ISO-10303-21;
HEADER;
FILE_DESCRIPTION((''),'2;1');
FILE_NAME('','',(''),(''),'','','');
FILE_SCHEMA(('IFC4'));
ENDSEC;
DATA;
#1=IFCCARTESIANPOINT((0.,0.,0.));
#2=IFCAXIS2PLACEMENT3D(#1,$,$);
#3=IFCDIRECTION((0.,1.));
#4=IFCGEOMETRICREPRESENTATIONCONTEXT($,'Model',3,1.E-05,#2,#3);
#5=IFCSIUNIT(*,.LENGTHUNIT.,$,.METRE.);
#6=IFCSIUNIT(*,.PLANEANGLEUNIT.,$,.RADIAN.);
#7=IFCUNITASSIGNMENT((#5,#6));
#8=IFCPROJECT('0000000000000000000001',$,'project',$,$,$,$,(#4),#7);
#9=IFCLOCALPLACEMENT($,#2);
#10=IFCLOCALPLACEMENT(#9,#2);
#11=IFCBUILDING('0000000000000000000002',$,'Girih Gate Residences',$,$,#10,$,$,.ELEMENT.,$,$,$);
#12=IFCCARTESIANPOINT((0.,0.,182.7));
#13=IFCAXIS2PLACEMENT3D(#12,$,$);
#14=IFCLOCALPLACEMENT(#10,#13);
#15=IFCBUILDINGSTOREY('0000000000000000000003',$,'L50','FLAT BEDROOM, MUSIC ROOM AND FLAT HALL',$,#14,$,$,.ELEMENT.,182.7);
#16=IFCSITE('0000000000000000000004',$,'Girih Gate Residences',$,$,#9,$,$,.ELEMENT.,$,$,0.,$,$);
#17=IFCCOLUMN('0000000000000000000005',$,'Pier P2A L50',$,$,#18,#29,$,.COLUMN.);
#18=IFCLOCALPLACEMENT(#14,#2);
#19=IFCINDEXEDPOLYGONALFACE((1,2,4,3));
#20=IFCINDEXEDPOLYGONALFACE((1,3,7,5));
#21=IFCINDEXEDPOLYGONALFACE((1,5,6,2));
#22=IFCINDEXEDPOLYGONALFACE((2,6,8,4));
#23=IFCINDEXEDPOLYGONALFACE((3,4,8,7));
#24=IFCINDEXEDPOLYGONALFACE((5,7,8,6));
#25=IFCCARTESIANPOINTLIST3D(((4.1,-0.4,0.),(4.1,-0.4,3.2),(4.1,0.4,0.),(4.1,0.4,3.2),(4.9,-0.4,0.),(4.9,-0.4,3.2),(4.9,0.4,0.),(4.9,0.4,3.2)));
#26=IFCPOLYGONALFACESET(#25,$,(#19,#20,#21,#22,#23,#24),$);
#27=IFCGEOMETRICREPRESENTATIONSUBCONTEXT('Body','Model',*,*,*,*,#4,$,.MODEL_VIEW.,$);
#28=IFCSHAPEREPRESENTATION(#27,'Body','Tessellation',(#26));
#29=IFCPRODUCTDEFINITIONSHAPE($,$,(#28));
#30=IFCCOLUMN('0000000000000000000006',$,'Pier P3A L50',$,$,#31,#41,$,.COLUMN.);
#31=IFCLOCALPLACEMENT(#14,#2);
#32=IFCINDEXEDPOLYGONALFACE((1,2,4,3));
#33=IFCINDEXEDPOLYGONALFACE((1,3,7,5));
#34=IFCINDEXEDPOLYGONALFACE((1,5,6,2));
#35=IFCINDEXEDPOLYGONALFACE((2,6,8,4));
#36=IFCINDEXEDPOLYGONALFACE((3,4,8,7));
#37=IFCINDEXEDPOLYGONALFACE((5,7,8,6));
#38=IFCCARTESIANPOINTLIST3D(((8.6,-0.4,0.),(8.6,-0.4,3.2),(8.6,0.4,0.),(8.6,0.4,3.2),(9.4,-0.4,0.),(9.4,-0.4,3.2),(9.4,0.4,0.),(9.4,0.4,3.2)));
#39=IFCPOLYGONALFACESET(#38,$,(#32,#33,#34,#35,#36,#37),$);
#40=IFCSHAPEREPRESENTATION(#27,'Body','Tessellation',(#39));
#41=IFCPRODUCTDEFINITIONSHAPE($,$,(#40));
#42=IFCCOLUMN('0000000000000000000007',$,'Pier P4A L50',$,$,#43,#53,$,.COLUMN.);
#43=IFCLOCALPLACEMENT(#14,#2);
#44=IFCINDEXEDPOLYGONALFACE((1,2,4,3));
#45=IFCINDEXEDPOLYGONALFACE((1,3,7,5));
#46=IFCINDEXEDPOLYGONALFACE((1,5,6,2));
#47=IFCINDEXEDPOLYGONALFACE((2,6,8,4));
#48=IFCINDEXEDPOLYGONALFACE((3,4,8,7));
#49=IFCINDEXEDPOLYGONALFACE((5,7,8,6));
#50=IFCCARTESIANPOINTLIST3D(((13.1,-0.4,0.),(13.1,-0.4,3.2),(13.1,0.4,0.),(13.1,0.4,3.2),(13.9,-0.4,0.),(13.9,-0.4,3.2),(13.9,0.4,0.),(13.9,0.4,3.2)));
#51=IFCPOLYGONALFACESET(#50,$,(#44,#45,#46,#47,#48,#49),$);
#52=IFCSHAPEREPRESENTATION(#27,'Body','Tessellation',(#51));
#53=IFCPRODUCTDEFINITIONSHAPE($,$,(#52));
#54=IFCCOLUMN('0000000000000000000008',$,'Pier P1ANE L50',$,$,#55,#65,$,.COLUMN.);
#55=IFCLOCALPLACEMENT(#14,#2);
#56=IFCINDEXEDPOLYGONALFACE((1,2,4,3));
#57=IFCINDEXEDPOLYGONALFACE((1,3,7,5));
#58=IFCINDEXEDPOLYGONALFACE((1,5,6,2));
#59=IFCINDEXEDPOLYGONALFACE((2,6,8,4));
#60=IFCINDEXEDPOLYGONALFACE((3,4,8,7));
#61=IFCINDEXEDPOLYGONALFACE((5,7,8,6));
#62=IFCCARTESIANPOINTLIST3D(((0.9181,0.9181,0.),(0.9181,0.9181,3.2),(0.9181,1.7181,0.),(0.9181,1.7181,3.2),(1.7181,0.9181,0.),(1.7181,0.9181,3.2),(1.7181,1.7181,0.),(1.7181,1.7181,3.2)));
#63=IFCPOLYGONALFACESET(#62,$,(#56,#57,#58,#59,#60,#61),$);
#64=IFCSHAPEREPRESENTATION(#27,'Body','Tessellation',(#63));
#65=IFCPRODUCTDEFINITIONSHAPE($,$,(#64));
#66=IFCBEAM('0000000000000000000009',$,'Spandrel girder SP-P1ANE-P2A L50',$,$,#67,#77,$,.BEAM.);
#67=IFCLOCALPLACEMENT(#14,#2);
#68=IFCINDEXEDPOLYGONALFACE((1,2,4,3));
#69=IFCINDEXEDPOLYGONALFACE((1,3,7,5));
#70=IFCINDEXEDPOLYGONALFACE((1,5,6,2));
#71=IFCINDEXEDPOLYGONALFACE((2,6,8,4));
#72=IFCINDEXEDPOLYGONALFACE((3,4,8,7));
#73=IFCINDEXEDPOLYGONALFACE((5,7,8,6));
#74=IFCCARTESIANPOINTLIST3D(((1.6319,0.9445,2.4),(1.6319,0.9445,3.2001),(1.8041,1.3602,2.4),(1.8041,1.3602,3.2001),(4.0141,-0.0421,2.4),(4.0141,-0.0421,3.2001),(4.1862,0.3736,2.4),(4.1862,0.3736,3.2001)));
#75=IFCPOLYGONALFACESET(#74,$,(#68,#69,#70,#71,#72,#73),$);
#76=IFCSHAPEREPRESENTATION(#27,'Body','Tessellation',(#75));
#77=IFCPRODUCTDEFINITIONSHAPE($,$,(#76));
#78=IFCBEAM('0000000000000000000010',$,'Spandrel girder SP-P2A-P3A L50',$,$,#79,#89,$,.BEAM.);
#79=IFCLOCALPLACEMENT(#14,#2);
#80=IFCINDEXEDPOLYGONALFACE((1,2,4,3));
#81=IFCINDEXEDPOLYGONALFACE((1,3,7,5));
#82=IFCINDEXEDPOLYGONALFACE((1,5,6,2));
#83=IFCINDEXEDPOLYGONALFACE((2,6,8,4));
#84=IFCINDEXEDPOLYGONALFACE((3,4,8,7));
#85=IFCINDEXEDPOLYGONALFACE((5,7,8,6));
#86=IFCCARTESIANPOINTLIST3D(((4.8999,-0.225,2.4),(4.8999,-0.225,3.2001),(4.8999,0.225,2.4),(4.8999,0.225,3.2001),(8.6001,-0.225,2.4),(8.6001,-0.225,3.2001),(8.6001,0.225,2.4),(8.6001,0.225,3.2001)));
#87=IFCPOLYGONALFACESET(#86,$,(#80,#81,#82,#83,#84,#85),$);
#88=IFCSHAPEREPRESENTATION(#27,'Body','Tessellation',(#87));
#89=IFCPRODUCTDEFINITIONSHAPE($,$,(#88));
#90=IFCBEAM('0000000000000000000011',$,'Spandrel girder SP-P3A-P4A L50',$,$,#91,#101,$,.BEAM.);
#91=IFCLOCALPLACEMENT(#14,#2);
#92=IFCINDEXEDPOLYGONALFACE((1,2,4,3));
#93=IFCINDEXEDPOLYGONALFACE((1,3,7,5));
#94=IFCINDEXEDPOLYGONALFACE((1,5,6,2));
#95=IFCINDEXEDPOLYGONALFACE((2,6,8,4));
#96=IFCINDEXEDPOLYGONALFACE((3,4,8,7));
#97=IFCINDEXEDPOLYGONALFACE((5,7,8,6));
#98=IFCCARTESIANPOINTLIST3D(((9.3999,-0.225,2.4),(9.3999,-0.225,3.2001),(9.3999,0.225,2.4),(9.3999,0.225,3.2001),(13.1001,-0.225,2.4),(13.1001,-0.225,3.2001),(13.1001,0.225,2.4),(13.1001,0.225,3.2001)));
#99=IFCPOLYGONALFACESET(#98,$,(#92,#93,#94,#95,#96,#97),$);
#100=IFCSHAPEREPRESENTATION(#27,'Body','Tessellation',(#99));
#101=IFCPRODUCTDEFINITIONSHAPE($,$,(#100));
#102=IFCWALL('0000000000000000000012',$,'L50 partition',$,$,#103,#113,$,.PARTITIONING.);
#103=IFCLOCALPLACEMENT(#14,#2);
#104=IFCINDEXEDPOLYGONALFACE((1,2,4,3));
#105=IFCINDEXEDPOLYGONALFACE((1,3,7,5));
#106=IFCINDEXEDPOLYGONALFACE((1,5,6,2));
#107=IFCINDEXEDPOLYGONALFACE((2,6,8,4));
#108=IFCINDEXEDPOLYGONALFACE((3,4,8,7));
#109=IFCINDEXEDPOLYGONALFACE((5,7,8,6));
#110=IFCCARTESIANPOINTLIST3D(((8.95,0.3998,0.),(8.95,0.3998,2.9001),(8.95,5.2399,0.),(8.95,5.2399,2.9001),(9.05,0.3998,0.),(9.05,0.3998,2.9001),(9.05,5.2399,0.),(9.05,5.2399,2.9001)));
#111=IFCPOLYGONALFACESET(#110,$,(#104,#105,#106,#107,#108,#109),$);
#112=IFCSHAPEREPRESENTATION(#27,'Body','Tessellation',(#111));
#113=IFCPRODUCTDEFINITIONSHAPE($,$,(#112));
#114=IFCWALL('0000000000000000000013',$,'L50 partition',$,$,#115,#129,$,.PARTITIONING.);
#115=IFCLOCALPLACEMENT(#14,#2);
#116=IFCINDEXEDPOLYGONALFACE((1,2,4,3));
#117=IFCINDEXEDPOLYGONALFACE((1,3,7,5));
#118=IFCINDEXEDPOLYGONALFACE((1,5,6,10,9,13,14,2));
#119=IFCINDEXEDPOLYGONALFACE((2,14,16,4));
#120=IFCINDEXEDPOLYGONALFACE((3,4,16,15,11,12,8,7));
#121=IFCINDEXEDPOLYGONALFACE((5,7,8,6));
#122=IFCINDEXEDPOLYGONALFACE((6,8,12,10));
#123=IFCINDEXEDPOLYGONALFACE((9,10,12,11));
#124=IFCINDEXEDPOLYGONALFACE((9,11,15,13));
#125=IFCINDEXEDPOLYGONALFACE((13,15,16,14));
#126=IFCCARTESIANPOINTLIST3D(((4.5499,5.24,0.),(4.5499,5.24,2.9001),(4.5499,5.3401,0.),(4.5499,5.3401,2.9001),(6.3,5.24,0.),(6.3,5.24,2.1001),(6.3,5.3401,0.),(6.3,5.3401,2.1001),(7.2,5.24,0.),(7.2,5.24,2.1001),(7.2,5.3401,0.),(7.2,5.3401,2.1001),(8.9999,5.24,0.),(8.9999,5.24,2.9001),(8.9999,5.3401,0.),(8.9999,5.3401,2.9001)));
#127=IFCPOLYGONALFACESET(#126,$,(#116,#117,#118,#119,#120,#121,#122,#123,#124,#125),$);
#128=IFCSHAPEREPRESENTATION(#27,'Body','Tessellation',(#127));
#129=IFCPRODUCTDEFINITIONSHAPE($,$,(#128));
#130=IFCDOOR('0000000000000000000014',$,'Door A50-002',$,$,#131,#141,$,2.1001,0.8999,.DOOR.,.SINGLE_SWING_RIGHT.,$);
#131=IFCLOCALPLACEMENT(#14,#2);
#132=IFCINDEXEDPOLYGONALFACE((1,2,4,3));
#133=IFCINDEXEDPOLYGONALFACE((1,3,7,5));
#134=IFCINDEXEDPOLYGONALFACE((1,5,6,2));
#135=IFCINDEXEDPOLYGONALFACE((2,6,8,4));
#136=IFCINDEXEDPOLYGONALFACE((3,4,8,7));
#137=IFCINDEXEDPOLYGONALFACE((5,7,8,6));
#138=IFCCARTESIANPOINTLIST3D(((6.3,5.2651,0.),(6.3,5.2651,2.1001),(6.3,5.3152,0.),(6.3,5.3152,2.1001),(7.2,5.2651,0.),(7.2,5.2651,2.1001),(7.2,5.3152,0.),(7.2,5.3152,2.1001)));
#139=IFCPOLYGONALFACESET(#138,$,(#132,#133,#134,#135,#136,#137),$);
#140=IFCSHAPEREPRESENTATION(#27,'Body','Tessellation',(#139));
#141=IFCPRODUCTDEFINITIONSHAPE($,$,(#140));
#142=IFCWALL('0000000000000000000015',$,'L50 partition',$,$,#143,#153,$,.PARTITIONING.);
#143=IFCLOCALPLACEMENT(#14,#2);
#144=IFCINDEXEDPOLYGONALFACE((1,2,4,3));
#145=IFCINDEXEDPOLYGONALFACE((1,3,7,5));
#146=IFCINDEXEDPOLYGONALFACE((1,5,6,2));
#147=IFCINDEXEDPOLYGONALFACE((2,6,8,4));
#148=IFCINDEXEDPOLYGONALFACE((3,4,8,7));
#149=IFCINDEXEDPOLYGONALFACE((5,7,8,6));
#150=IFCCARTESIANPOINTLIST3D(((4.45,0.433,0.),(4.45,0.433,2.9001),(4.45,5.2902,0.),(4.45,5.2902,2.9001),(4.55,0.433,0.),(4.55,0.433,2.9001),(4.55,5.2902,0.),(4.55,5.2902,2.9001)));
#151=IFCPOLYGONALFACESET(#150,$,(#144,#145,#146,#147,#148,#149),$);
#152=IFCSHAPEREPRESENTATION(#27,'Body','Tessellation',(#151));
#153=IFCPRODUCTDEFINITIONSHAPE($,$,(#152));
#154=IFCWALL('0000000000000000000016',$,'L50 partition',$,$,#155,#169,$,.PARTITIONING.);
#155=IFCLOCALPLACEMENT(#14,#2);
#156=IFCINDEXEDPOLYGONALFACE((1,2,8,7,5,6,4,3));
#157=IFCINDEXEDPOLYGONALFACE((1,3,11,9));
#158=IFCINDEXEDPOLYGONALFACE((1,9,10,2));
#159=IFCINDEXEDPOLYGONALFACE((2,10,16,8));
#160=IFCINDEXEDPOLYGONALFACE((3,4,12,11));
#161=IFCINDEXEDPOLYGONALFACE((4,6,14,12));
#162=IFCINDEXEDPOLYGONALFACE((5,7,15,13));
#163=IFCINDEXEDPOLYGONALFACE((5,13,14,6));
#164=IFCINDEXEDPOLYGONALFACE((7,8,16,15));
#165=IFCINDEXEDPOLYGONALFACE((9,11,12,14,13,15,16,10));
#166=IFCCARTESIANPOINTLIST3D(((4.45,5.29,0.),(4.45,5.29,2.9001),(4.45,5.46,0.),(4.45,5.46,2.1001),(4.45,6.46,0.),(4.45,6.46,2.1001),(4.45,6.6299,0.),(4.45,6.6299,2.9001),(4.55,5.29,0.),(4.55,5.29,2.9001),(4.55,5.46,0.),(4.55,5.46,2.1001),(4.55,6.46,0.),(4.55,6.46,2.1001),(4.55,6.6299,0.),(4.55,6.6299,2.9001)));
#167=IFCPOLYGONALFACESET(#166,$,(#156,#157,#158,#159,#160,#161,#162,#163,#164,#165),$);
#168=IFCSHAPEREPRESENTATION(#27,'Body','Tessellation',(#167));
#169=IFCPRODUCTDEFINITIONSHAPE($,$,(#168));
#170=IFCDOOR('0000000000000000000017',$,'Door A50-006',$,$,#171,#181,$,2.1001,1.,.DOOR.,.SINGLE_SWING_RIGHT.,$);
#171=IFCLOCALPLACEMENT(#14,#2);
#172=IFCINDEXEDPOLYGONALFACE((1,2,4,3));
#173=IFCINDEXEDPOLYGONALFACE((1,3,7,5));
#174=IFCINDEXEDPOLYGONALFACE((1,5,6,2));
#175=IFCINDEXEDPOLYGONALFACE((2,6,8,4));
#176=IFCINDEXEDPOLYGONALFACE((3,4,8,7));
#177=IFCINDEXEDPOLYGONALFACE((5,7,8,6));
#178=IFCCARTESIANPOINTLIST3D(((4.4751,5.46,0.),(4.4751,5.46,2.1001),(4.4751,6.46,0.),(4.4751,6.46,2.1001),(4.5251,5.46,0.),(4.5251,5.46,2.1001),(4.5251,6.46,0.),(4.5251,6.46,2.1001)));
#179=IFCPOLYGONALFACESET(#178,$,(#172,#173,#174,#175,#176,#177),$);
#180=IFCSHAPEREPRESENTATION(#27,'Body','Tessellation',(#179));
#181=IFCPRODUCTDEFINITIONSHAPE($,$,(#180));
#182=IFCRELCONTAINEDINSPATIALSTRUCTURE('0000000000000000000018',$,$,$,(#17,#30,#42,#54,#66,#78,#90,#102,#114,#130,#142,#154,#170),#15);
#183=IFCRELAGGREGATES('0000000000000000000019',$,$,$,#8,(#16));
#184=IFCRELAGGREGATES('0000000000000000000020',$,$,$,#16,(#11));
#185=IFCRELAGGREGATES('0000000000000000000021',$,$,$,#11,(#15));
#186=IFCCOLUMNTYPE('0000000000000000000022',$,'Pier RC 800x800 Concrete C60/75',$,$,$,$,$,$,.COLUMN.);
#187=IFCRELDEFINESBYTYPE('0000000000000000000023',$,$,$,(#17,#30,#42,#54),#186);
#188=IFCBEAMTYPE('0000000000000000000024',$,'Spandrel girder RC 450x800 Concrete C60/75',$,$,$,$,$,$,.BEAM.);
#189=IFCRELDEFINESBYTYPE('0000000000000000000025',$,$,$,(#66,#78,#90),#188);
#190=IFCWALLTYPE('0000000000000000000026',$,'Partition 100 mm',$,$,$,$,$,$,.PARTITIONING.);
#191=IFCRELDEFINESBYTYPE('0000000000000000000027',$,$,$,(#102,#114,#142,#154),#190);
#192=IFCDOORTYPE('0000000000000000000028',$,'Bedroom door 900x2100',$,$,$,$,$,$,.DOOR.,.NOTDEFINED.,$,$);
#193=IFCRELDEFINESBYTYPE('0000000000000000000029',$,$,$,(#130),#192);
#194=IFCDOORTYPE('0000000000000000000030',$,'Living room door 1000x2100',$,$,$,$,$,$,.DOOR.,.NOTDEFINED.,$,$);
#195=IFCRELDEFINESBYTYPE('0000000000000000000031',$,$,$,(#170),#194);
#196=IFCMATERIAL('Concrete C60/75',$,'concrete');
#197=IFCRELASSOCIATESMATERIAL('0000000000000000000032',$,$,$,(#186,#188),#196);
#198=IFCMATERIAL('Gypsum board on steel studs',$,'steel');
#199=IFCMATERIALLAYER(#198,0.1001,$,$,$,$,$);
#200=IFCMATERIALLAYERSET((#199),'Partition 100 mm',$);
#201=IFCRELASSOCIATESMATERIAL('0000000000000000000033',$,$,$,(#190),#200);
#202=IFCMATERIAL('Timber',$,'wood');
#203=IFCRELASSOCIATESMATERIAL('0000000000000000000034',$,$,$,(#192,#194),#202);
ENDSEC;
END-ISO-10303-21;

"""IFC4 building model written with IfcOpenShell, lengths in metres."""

from ifc_helpers import new_model, si_unit, direction, frame, frame_2d, origin, origin_2d, place, context, subcontext, project, spatial, rectangle, extrude, material, layer, layer_set, material_profile, profile_set, type_object, element, fill, save


model = new_model("IFC4")

# Units and contexts
model_context = context("Model", 3, precision=1e-05, world=origin(), true_north=direction((0.0, 1.0)))
body_context = subcontext(model_context, "Body", "Model", "MODEL_VIEW")
ifc_project = project(units=[si_unit("LENGTHUNIT", "METRE"), si_unit("PLANEANGLEUNIT", "RADIAN")], contexts=[model_context])

# Site, building, storey
site_placement = place(None, origin())
site = spatial("IfcSite", under=ifc_project, at=site_placement, Name="Girih Gate Residences", CompositionType="ELEMENT", RefElevation=0.0)
building_placement = place(site_placement, origin())
building = spatial("IfcBuilding", under=site, at=building_placement, Name="Girih Gate Residences", CompositionType="ELEMENT")
storey_placement = place(building_placement, frame((0.0, 0.0, 182.7)))
storey = spatial("IfcBuildingStorey", under=building, at=storey_placement, Name="L50", Description="FLAT BEDROOM, MUSIC ROOM AND FLAT HALL", CompositionType="ELEMENT", Elevation=182.7)

# Columns
ifc_material_1 = material(Name="Concrete C60/75", Category="concrete")
ifc_material_profile_1 = material_profile(ifc_material_1, rectangle(XDim=0.8, YDim=0.8, at=origin_2d()))
ifc_profile_set_1 = profile_set([ifc_material_profile_1], Name="Concrete C60/75")
column_type = type_object("IfcColumnType", Name="Pier RC 800x800 Concrete C60/75", PredefinedType="COLUMN", material=ifc_profile_set_1)
for number, where, z_axis, x_axis, name in (
    (1, (4.5, 0.0, 0.0), (0.0, 0.0, 1.0), (1.0, 0.0, 0.0), "Pier P2A L50"),
    (2, (9.0, 0.0, 0.0), (0.0, 0.0, 1.0), (1.0, 0.0, 0.0), "Pier P3A L50"),
    (3, (13.5, 0.0, 0.0), (0.0, 0.0, 1.0), (1.0, 0.0, 0.0), "Pier P4A L50"),
    (4, (1.3181, 1.3181, 0.0), (0.0, 0.0, 1.0), (1.0, 0.0, 0.0), "Pier P1ANE L50"),
):
    element("IfcColumn", number, at=place(storey_placement, frame(where, z_axis=z_axis, x_axis=x_axis)), inside=storey, type_object=column_type, Name=name, PredefinedType="COLUMN", context=body_context, shape_type="SweptSolid", body=[
        extrude(rectangle(XDim=0.8, YDim=0.8, at=origin_2d()), origin(), (0.0, 0.0, 1.0), 3.2),
    ])

# Beams
ifc_material_profile_2 = material_profile(ifc_material_1, rectangle(XDim=0.45, YDim=0.8, at=origin_2d()))
ifc_profile_set_2 = profile_set([ifc_material_profile_2], Name="Concrete C60/75")
beam_type = type_object("IfcBeamType", Name="Spandrel girder RC 450x800 Concrete C60/75", PredefinedType="BEAM", material=ifc_profile_set_2)
beam_placement = place(storey_placement, frame((1.718, 1.1523, 2.8), z_axis=(0.923896, -0.382644, 0.0), x_axis=(0.382644, 0.923896, 0.0)))
element("IfcBeam", 5, at=beam_placement, inside=storey, type_object=beam_type, Name="Spandrel girder SP-P1ANE-P2A L50", PredefinedType="BEAM", context=body_context, shape_type="SweptSolid", body=[
    extrude(rectangle(XDim=0.45, YDim=0.8, at=origin_2d()), origin(), (0.0, 0.0, 1.0), 2.5784),
])
for number, where, z_axis, x_axis, name in (
    (6, (4.8999, 0.0, 2.8), (1.0, 0.0, 0.0), (0.0, 1.0, 0.0), "Spandrel girder SP-P2A-P3A L50"),
    (7, (9.3999, 0.0, 2.8), (1.0, 0.0, 0.0), (0.0, 1.0, 0.0), "Spandrel girder SP-P3A-P4A L50"),
):
    element("IfcBeam", number, at=place(storey_placement, frame(where, z_axis=z_axis, x_axis=x_axis)), inside=storey, type_object=beam_type, Name=name, PredefinedType="BEAM", context=body_context, shape_type="SweptSolid", body=[
        extrude(rectangle(XDim=0.45, YDim=0.8, at=origin_2d()), origin(), (0.0, 0.0, 1.0), 3.7002),
    ])

# Wall
ifc_material_2 = material(Name="Gypsum board on steel studs", Category="steel")
ifc_layer_1 = layer(ifc_material_2, 0.1001)
ifc_layer_set_1 = layer_set([ifc_layer_1], Name="Partition 100 mm")
wall_type_1 = type_object("IfcWallType", Name="Partition 100 mm", PredefinedType="PARTITIONING", material=ifc_layer_set_1)
wall_1_placement = place(storey_placement, frame((9.0, 0.3999, 0.0), z_axis=(0.0, 0.0, 1.0), x_axis=(0.0, 1.0, 0.0)))
element("IfcWall", 8, at=wall_1_placement, inside=storey, type_object=wall_type_1, Name="L50 partition", PredefinedType="PARTITIONING", context=body_context, shape_type="SweptSolid", body=[
    extrude(rectangle(XDim=4.8401, YDim=0.1001, at=frame_2d((2.4199, 0.0))), origin(), (0.0, 0.0, 1.0), 2.9001),
])

# Wall, opening, door
wall_2_placement = place(storey_placement, frame((9.0, 5.29, 0.0), z_axis=(0.0, 0.0, 1.0), x_axis=(-1.0, 0.0, 0.0)))
wall_2 = element("IfcWall", 9, at=wall_2_placement, inside=storey, type_object=wall_type_1, Name="L50 partition", PredefinedType="PARTITIONING", context=body_context, shape_type="SweptSolid", body=[
    extrude(rectangle(XDim=4.45, YDim=0.1001, at=frame_2d((2.2251, 0.0))), origin(), (0.0, 0.0, 1.0), 2.9001),
])
opening_1_placement = place(wall_2_placement, frame((1.8, 0.0, 0.0)))
opening_1 = element("IfcOpeningElement", 10, at=opening_1_placement, cuts=wall_2, PredefinedType="OPENING", context=body_context, shape_type="SweptSolid", body=[
    extrude(rectangle(XDim=0.8999, YDim=2.1001, at=frame_2d((0.45, 1.05))), frame((0.0, 0.0601, 0.0), z_axis=(0.0, -1.0, 0.0), x_axis=(1.0, 0.0, 0.0)), (0.0, 0.0, 1.0), 0.1201),
])
ifc_material_3 = material(Name="Timber", Category="wood")
door_type_1 = type_object("IfcDoorType", Name="Bedroom door 900x2100", OperationType="NOTDEFINED", PredefinedType="DOOR", material=ifc_material_3)
door_1_placement = place(opening_1_placement, origin())
door_1 = element("IfcDoor", 11, at=door_1_placement, inside=storey, type_object=door_type_1, Name="Door A50-002", OperationType="SINGLE_SWING_RIGHT", OverallHeight=2.1001, OverallWidth=0.8999, PredefinedType="DOOR", context=body_context, shape_type="SweptSolid", body=[
    extrude(rectangle(XDim=0.8999, YDim=2.1001, at=frame_2d((0.45, 1.05))), frame((0.0, 0.0249, 0.0), z_axis=(0.0, -1.0, 0.0), x_axis=(1.0, 0.0, 0.0)), (0.0, 0.0, 1.0), 0.05),
])
fill(opening_1, door_1)

# Wall
wall_3_placement = place(storey_placement, frame((4.5, 0.4329, 0.0), z_axis=(0.0, 0.0, 1.0), x_axis=(0.0, 1.0, 0.0)))
element("IfcWall", 12, at=wall_3_placement, inside=storey, type_object=wall_type_1, Name="L50 partition", PredefinedType="PARTITIONING", context=body_context, shape_type="SweptSolid", body=[
    extrude(rectangle(XDim=4.8572, YDim=0.1001, at=frame_2d((2.4287, 0.0))), origin(), (0.0, 0.0, 1.0), 2.9001),
])

# Wall, opening, door
wall_4_placement = place(storey_placement, frame((4.5, 5.29, 0.0), z_axis=(0.0, 0.0, 1.0), x_axis=(0.0, 1.0, 0.0)))
wall_4 = element("IfcWall", 13, at=wall_4_placement, inside=storey, type_object=wall_type_1, Name="L50 partition", PredefinedType="PARTITIONING", context=body_context, shape_type="SweptSolid", body=[
    extrude(rectangle(XDim=1.3398, YDim=0.1001, at=frame_2d((0.6699, 0.0))), origin(), (0.0, 0.0, 1.0), 2.9001),
])
opening_2_placement = place(wall_4_placement, frame((0.1699, 0.0, 0.0)))
opening_2 = element("IfcOpeningElement", 14, at=opening_2_placement, cuts=wall_4, PredefinedType="OPENING", context=body_context, shape_type="SweptSolid", body=[
    extrude(rectangle(XDim=1.0, YDim=2.1001, at=frame_2d((0.5, 1.05))), frame((0.0, 0.0601, 0.0), z_axis=(0.0, -1.0, 0.0), x_axis=(1.0, 0.0, 0.0)), (0.0, 0.0, 1.0), 0.1201),
])
door_type_2 = type_object("IfcDoorType", Name="Living room door 1000x2100", OperationType="NOTDEFINED", PredefinedType="DOOR", material=ifc_material_3)
door_2_placement = place(opening_2_placement, origin())
door_2 = element("IfcDoor", 15, at=door_2_placement, inside=storey, type_object=door_type_2, Name="Door A50-006", OperationType="SINGLE_SWING_RIGHT", OverallHeight=2.1001, OverallWidth=1.0, PredefinedType="DOOR", context=body_context, shape_type="SweptSolid", body=[
    extrude(rectangle(XDim=1.0, YDim=2.1001, at=frame_2d((0.5, 1.05))), frame((0.0, 0.0249, 0.0), z_axis=(0.0, -1.0, 0.0), x_axis=(1.0, 0.0, 0.0)), (0.0, 0.0, 1.0), 0.05),
])
fill(opening_2, door_2)

save(model, "model.ifc")
